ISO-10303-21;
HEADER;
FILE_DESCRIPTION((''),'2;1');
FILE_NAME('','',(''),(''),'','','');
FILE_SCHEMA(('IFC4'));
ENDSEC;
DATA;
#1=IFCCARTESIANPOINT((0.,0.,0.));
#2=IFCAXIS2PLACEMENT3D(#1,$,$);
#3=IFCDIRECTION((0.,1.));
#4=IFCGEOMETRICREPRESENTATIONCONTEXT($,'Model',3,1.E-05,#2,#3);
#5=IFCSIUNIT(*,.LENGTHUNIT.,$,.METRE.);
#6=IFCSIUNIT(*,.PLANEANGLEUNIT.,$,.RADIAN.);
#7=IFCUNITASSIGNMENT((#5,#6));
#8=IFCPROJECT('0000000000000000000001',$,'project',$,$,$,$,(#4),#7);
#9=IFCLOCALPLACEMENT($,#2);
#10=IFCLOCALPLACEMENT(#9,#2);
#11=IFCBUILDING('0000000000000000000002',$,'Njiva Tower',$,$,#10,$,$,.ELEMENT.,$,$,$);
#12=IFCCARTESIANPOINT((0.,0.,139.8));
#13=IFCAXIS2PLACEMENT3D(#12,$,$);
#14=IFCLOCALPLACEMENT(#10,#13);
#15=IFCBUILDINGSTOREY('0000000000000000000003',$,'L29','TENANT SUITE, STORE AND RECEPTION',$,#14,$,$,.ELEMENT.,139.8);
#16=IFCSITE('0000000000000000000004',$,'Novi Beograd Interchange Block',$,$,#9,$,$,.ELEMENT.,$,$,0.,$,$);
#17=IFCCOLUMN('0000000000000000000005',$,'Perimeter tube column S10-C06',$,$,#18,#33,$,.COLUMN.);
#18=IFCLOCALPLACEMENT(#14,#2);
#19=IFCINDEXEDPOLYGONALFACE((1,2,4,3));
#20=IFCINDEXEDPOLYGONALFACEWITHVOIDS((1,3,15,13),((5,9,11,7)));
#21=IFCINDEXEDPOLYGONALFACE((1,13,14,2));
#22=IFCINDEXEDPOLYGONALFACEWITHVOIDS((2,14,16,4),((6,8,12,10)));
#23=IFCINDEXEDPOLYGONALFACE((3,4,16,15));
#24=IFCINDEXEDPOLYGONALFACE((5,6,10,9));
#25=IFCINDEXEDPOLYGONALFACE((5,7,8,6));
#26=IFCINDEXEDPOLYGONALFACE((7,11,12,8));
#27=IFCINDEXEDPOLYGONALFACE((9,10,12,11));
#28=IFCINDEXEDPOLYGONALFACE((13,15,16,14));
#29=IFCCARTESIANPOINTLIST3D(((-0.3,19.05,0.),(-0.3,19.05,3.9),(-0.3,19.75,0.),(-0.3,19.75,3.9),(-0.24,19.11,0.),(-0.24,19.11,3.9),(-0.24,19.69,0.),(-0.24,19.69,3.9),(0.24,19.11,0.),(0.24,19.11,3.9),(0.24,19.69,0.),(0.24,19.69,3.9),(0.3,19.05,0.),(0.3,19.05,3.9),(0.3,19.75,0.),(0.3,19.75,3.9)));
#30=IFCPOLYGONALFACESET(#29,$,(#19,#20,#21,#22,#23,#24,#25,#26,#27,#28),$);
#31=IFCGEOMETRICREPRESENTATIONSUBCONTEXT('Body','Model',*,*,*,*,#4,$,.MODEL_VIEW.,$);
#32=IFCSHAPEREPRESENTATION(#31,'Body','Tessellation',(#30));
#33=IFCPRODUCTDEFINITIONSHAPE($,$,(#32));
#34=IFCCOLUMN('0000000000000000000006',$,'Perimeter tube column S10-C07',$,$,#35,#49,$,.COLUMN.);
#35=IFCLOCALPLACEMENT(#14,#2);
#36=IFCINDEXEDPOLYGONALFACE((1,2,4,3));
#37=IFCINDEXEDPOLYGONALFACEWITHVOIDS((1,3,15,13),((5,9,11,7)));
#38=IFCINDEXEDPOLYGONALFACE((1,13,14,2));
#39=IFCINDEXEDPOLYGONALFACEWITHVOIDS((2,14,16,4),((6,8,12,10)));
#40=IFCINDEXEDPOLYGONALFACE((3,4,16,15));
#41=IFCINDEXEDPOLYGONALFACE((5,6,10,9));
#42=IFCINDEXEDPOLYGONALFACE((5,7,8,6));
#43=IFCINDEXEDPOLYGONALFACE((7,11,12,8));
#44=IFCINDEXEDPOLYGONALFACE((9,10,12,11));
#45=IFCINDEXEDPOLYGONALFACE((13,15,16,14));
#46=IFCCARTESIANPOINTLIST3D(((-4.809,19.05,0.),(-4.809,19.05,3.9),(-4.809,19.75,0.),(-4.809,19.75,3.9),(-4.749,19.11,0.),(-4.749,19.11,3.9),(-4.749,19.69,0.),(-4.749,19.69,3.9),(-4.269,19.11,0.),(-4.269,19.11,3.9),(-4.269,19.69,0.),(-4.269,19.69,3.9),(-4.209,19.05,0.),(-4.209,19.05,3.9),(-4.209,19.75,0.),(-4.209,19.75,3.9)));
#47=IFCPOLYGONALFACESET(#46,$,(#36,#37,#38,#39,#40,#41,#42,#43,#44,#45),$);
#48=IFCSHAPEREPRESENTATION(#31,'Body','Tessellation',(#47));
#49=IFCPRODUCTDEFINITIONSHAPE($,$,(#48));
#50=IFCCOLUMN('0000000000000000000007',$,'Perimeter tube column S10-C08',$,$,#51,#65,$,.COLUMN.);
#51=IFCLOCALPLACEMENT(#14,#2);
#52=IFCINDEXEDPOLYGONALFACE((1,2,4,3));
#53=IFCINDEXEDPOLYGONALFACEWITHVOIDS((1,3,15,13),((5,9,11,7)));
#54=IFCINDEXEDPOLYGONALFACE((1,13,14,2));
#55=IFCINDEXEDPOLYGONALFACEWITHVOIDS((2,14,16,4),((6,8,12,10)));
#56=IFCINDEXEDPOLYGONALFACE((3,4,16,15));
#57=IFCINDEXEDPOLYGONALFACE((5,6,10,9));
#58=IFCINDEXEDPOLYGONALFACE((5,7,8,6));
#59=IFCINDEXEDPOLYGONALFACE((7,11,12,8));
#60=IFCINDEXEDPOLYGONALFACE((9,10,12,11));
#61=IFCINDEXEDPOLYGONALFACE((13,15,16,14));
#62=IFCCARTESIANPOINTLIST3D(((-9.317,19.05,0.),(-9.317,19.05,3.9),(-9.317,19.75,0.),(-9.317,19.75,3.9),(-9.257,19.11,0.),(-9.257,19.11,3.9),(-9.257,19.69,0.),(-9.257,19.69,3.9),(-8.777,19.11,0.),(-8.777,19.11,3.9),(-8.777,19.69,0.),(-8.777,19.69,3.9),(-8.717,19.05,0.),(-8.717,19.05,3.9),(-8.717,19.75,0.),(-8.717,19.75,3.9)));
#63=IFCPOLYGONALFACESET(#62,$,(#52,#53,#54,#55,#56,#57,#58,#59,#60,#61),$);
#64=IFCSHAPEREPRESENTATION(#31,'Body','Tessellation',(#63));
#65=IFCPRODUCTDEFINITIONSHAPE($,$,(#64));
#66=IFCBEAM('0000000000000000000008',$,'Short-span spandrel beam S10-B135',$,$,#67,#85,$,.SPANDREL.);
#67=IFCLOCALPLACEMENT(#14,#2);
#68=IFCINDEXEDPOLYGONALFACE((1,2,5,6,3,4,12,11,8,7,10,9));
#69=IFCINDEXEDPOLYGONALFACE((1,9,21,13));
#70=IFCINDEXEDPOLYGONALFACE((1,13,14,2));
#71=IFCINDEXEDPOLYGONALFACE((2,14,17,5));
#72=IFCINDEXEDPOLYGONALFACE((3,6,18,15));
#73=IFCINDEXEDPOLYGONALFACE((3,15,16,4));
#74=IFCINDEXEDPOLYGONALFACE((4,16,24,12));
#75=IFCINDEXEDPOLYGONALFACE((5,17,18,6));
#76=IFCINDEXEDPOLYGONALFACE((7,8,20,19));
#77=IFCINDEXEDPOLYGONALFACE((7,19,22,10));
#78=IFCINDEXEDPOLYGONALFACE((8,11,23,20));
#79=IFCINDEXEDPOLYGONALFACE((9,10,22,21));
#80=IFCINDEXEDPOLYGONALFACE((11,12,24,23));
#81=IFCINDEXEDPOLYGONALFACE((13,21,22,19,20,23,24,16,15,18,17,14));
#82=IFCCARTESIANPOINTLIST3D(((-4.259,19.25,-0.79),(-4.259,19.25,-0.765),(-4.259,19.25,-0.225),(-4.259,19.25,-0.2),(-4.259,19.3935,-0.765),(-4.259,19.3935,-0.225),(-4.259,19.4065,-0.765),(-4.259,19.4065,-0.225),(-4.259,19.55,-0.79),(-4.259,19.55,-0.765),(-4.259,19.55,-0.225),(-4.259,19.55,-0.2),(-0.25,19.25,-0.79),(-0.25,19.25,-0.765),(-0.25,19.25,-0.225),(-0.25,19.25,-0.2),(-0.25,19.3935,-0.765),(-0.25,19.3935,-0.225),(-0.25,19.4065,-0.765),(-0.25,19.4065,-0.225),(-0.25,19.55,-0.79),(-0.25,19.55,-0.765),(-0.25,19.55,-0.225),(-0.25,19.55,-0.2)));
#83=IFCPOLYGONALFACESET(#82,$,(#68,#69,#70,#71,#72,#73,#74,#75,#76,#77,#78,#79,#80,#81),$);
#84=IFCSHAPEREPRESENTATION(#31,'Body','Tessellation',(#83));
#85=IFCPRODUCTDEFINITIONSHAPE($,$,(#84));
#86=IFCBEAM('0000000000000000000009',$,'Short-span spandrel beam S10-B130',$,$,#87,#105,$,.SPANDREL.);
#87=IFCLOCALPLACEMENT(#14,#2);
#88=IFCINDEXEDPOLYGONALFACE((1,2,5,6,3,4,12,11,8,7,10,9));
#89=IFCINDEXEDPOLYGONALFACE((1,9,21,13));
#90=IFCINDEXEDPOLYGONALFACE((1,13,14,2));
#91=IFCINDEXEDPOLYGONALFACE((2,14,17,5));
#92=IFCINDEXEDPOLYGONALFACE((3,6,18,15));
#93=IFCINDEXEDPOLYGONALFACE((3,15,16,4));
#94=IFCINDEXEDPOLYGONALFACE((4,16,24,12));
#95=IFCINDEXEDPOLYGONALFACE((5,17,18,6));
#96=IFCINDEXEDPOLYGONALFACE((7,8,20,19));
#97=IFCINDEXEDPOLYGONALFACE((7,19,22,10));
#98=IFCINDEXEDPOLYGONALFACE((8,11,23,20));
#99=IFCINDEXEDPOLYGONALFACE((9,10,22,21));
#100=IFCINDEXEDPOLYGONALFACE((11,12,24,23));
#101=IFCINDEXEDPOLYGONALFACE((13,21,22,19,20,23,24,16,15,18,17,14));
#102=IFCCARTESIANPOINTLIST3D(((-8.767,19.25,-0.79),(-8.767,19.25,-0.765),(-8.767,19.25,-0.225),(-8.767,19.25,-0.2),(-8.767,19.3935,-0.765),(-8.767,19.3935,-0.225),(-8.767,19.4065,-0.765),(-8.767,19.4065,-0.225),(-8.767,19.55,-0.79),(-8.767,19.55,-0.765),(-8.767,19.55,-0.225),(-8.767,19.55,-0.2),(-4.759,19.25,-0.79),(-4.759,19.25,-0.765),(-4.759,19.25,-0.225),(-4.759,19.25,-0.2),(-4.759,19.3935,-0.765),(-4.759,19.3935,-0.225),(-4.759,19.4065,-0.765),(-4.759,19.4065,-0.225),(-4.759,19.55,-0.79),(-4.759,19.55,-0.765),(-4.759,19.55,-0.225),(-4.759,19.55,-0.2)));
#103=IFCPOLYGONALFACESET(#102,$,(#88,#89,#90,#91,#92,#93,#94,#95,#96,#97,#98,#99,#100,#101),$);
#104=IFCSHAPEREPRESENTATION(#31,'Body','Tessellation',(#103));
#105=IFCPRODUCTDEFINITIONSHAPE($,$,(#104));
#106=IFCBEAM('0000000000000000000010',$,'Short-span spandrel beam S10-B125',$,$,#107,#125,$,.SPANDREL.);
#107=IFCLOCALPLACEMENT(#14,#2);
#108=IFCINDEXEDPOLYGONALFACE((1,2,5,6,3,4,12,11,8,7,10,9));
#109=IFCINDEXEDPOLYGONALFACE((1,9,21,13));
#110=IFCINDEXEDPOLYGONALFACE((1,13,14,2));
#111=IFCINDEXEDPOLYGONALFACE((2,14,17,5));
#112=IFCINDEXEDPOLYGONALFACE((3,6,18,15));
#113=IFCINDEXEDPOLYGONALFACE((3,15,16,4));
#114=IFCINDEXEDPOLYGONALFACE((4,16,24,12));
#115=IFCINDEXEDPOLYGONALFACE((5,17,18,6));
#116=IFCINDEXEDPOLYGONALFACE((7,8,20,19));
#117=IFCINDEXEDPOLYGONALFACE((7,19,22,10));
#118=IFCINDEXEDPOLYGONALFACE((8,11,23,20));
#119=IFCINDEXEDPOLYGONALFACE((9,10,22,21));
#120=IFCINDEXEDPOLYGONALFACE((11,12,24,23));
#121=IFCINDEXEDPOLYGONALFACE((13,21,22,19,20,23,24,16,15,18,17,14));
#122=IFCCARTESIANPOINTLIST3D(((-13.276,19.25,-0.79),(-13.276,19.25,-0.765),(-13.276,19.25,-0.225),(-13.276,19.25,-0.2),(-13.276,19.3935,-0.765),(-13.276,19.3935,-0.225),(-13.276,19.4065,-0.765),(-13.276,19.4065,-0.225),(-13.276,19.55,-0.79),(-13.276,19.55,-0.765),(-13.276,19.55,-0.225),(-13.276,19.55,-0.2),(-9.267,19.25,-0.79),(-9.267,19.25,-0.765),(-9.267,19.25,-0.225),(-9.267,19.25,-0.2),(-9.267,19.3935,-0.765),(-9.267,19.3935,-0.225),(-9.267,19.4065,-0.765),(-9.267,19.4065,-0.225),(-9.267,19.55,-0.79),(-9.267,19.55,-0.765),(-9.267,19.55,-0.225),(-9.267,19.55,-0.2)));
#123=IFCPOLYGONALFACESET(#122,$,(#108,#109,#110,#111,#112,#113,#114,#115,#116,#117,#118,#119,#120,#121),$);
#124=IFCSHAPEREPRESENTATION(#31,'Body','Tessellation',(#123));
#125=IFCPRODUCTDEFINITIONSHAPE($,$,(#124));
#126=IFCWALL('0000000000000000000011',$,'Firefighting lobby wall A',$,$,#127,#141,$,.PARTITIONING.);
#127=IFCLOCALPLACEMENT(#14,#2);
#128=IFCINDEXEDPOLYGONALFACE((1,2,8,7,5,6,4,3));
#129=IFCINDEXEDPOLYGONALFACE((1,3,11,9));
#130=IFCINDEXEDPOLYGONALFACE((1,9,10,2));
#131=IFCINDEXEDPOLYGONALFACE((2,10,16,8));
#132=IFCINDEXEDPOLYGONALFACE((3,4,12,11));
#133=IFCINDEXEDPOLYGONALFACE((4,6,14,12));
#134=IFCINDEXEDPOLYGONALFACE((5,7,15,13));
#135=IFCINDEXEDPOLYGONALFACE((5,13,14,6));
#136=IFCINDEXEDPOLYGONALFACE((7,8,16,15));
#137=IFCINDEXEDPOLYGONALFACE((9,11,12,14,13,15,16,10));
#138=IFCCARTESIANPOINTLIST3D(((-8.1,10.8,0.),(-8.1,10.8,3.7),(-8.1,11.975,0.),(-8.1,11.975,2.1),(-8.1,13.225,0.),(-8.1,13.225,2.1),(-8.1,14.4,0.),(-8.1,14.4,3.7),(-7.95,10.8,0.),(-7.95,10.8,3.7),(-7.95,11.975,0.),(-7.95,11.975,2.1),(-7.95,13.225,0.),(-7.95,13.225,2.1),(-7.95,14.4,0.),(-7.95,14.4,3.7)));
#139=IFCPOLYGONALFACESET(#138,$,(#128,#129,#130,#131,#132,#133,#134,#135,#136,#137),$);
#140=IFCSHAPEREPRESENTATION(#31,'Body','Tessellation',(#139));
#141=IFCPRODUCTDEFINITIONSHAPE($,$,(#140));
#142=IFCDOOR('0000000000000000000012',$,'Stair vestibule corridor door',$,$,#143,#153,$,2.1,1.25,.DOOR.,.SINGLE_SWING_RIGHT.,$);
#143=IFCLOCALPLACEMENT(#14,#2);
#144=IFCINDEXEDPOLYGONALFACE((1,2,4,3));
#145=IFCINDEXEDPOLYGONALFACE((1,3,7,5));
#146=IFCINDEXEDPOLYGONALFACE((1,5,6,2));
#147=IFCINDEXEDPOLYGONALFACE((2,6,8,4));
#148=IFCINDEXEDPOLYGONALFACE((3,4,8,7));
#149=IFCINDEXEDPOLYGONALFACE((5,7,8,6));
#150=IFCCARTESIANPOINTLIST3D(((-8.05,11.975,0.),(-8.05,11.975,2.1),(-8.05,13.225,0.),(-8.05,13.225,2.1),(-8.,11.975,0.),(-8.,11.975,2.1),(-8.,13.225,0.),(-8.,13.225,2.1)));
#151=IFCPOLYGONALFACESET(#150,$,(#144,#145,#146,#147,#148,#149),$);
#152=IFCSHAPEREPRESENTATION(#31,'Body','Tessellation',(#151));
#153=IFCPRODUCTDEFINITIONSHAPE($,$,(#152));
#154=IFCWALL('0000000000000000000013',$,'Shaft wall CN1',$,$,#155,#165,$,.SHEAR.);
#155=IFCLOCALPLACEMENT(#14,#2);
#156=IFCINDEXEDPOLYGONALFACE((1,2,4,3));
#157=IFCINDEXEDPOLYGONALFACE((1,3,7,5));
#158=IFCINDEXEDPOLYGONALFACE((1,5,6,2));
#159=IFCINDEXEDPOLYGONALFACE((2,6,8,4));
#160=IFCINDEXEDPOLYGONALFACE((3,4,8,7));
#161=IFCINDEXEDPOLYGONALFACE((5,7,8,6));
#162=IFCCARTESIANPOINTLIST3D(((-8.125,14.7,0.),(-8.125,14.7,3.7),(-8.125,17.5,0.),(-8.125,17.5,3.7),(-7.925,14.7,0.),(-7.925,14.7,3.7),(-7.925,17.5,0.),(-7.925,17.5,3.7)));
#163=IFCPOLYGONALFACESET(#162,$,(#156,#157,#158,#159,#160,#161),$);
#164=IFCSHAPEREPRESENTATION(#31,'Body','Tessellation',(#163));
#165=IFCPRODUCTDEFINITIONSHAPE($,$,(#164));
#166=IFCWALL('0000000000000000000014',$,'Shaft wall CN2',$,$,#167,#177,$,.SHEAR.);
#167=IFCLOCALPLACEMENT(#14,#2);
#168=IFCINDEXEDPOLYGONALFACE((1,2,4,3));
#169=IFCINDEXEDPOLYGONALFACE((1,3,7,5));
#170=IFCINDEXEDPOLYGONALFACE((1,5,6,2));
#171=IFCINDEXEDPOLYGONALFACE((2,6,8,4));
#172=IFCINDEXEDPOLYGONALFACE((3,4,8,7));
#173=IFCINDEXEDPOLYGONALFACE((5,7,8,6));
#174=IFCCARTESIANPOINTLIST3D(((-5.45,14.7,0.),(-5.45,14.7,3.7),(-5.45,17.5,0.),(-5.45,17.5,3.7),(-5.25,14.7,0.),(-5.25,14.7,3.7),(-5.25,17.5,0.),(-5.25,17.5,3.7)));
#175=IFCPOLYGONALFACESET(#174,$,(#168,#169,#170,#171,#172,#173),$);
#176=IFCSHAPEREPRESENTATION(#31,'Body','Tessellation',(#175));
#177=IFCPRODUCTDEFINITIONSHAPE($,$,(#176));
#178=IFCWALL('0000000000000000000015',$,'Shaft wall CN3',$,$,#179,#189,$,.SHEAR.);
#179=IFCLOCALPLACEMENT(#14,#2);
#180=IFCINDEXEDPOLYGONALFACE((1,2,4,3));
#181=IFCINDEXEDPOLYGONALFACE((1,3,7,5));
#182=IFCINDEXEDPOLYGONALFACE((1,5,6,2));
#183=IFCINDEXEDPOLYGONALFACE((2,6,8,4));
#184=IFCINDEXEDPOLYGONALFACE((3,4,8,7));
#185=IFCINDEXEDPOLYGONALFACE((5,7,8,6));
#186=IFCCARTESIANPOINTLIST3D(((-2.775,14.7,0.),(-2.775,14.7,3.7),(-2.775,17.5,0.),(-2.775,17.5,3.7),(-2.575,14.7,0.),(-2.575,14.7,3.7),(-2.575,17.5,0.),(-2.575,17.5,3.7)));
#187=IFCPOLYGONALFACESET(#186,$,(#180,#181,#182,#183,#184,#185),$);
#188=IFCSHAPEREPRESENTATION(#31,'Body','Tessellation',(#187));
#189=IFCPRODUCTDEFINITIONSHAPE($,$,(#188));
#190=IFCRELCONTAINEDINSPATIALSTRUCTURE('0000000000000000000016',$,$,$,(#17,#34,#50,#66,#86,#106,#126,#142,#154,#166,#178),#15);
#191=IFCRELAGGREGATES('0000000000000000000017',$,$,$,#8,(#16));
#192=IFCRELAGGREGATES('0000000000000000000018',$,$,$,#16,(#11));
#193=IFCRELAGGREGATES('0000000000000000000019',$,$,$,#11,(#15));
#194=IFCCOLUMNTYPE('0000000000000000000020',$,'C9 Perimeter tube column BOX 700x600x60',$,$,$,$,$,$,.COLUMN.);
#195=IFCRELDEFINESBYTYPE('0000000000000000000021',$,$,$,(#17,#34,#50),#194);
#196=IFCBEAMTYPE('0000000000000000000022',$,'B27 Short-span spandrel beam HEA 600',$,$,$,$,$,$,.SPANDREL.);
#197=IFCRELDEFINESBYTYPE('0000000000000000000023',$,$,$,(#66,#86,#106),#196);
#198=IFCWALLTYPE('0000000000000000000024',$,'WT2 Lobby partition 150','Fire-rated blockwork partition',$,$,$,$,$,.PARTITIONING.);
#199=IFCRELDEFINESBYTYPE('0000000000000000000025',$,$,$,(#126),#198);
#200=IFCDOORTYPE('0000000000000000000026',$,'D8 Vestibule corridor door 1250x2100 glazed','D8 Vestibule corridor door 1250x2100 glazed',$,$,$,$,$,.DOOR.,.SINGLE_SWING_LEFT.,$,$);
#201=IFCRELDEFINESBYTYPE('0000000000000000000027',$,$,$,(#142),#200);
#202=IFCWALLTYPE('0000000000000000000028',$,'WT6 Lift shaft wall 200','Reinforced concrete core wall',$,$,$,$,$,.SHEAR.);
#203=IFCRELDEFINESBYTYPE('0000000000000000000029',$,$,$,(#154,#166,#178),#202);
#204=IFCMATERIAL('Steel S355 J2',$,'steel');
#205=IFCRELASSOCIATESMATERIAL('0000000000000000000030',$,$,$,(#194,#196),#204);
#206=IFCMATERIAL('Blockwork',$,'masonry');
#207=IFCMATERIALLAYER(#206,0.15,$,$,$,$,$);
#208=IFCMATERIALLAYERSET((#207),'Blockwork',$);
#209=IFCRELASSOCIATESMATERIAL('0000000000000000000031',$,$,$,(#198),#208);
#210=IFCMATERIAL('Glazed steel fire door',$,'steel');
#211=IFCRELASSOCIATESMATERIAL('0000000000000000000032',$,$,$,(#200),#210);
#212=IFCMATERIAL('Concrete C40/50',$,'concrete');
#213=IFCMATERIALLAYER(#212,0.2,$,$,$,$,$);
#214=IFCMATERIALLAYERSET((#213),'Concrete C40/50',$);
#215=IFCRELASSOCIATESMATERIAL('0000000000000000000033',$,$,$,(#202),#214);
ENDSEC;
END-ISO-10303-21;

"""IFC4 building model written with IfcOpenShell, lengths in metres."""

from ifc_helpers import new_model, si_unit, direction, frame, frame_2d, origin, origin_2d, place, context, subcontext, project, spatial, rectangle, hollow_rectangle, i_section, extrude, material, layer, layer_set, material_profile, profile_set, type_object, element, fill, save


model = new_model("IFC4")

# Units and contexts
model_context = context("Model", 3, precision=1e-05, world=origin(), true_north=direction((0.0, 1.0)))
body_context = subcontext(model_context, "Body", "Model", "MODEL_VIEW")
ifc_project = project(units=[si_unit("LENGTHUNIT", "METRE"), si_unit("PLANEANGLEUNIT", "RADIAN")], contexts=[model_context])

# Site, building, storey
site_placement = place(None, origin())
site = spatial("IfcSite", under=ifc_project, at=site_placement, Name="Novi Beograd Interchange Block", CompositionType="ELEMENT", RefElevation=0.0)
building_placement = place(site_placement, origin())
building = spatial("IfcBuilding", under=site, at=building_placement, Name="Njiva Tower", CompositionType="ELEMENT")
storey_placement = place(building_placement, frame((0.0, 0.0, 139.8)))
storey = spatial("IfcBuildingStorey", under=building, at=storey_placement, Name="L29", Description="TENANT SUITE, STORE AND RECEPTION", CompositionType="ELEMENT", Elevation=139.8)

# Columns
ifc_material_1 = material(Name="Steel S355 J2", Category="steel")
ifc_material_profile_1 = material_profile(ifc_material_1, hollow_rectangle(XDim=0.6, YDim=0.7, WallThickness=0.06, at=origin_2d()), Name="BOX 700x600x60")
ifc_profile_set_1 = profile_set([ifc_material_profile_1], Name="Steel S355 J2")
column_type = type_object("IfcColumnType", Name="C9 Perimeter tube column BOX 700x600x60", PredefinedType="COLUMN", material=ifc_profile_set_1)
for number, where, z_axis, x_axis, name in (
    (1, (0.0, 19.4, 0.0), (0.0, 0.0, 1.0), (-1.0, 0.0, 0.0), "Perimeter tube column S10-C06"),
    (2, (-4.509, 19.4, 0.0), (0.0, 0.0, 1.0), (-1.0, 0.0, 0.0), "Perimeter tube column S10-C07"),
    (3, (-9.017, 19.4, 0.0), (0.0, 0.0, 1.0), (-1.0, 0.0, 0.0), "Perimeter tube column S10-C08"),
):
    element("IfcColumn", number, at=place(storey_placement, frame(where, z_axis=z_axis, x_axis=x_axis)), inside=storey, type_object=column_type, Name=name, PredefinedType="COLUMN", context=body_context, shape_type="SweptSolid", body=[
        extrude(hollow_rectangle(XDim=0.6, YDim=0.7, WallThickness=0.06, at=origin_2d()), origin(), (0.0, 0.0, 1.0), 3.9),
    ])

# Beams
ifc_material_profile_2 = material_profile(ifc_material_1, i_section(OverallWidth=0.3, OverallDepth=0.59, WebThickness=0.013, FlangeThickness=0.025, at=origin_2d()), Name="HEA 600")
ifc_profile_set_2 = profile_set([ifc_material_profile_2], Name="Steel S355 J2")
beam_type = type_object("IfcBeamType", Name="B27 Short-span spandrel beam HEA 600", PredefinedType="SPANDREL", material=ifc_profile_set_2)
beam_1_placement = place(storey_placement, frame((-0.25, 19.4, -0.495), z_axis=(-1.0, 0.0, 0.0), x_axis=(0.0, -1.0, 0.0)))
element("IfcBeam", 4, at=beam_1_placement, inside=storey, type_object=beam_type, Name="Short-span spandrel beam S10-B135", PredefinedType="SPANDREL", context=body_context, shape_type="SweptSolid", body=[
    extrude(i_section(OverallWidth=0.3, OverallDepth=0.59, WebThickness=0.013, FlangeThickness=0.025, at=origin_2d()), origin(), (0.0, 0.0, 1.0), 4.009),
])
beam_2_placement = place(storey_placement, frame((-4.759, 19.4, -0.495), z_axis=(-1.0, 0.0, 0.0), x_axis=(0.0, -1.0, 0.0)))
element("IfcBeam", 5, at=beam_2_placement, inside=storey, type_object=beam_type, Name="Short-span spandrel beam S10-B130", PredefinedType="SPANDREL", context=body_context, shape_type="SweptSolid", body=[
    extrude(i_section(OverallWidth=0.3, OverallDepth=0.59, WebThickness=0.013, FlangeThickness=0.025, at=origin_2d()), origin(), (0.0, 0.0, 1.0), 4.008),
])
beam_3_placement = place(storey_placement, frame((-9.267, 19.4, -0.495), z_axis=(-1.0, 0.0, 0.0), x_axis=(0.0, -1.0, 0.0)))
element("IfcBeam", 6, at=beam_3_placement, inside=storey, type_object=beam_type, Name="Short-span spandrel beam S10-B125", PredefinedType="SPANDREL", context=body_context, shape_type="SweptSolid", body=[
    extrude(i_section(OverallWidth=0.3, OverallDepth=0.59, WebThickness=0.013, FlangeThickness=0.025, at=origin_2d()), origin(), (0.0, 0.0, 1.0), 4.009),
])

# Wall, opening, door
ifc_material_2 = material(Name="Blockwork", Category="masonry")
ifc_layer_1 = layer(ifc_material_2, 0.15)
ifc_layer_set_1 = layer_set([ifc_layer_1], Name="Blockwork")
wall_type_1 = type_object("IfcWallType", Name="WT2 Lobby partition 150", Description="Fire-rated blockwork partition", PredefinedType="PARTITIONING", material=ifc_layer_set_1)
wall_placement = place(storey_placement, frame((-8.025, 10.8, 0.0), z_axis=(0.0, 0.0, 1.0), x_axis=(0.0, 1.0, 0.0)))
wall = element("IfcWall", 7, at=wall_placement, inside=storey, type_object=wall_type_1, Name="Firefighting lobby wall A", PredefinedType="PARTITIONING", context=body_context, shape_type="SweptSolid", body=[
    extrude(rectangle(XDim=3.6, YDim=0.15, at=frame_2d((1.8, 0.0))), origin(), (0.0, 0.0, 1.0), 3.7),
])
opening_placement = place(wall_placement, frame((1.175, 0.0, 0.0)))
opening = element("IfcOpeningElement", 8, at=opening_placement, cuts=wall, PredefinedType="OPENING", context=body_context, shape_type="SweptSolid", body=[
    extrude(rectangle(XDim=1.25, YDim=2.1, at=frame_2d((0.625, 1.05))), frame((0.0, 0.085, 0.0), z_axis=(0.0, -1.0, 0.0), x_axis=(1.0, 0.0, 0.0)), (0.0, 0.0, 1.0), 0.17),
])
ifc_material_3 = material(Name="Glazed steel fire door", Category="steel")
door_type = type_object("IfcDoorType", Name="D8 Vestibule corridor door 1250x2100 glazed", Description="D8 Vestibule corridor door 1250x2100 glazed", OperationType="SINGLE_SWING_LEFT", PredefinedType="DOOR", material=ifc_material_3)
door_placement = place(opening_placement, origin())
door = element("IfcDoor", 9, at=door_placement, inside=storey, type_object=door_type, Name="Stair vestibule corridor door", OperationType="SINGLE_SWING_RIGHT", OverallHeight=2.1, OverallWidth=1.25, PredefinedType="DOOR", context=body_context, shape_type="SweptSolid", body=[
    extrude(rectangle(XDim=1.25, YDim=2.1, at=frame_2d((0.625, 1.05))), frame((0.0, 0.025, 0.0), z_axis=(0.0, -1.0, 0.0), x_axis=(1.0, 0.0, 0.0)), (0.0, 0.0, 1.0), 0.05),
])
fill(opening, door)

# Walls
ifc_material_4 = material(Name="Concrete C40/50", Category="concrete")
ifc_layer_2 = layer(ifc_material_4, 0.2)
ifc_layer_set_2 = layer_set([ifc_layer_2], Name="Concrete C40/50")
wall_type_2 = type_object("IfcWallType", Name="WT6 Lift shaft wall 200", Description="Reinforced concrete core wall", PredefinedType="SHEAR", material=ifc_layer_set_2)
for number, where, z_axis, x_axis, name in (
    (10, (-8.025, 14.7, 0.0), (0.0, 0.0, 1.0), (0.0, 1.0, 0.0), "Shaft wall CN1"),
    (11, (-5.35, 14.7, 0.0), (0.0, 0.0, 1.0), (0.0, 1.0, 0.0), "Shaft wall CN2"),
    (12, (-2.675, 14.7, 0.0), (0.0, 0.0, 1.0), (0.0, 1.0, 0.0), "Shaft wall CN3"),
):
    element("IfcWall", number, at=place(storey_placement, frame(where, z_axis=z_axis, x_axis=x_axis)), inside=storey, type_object=wall_type_2, Name=name, PredefinedType="SHEAR", context=body_context, shape_type="SweptSolid", body=[
        extrude(rectangle(XDim=2.8, YDim=0.2, at=frame_2d((1.4, 0.0))), origin(), (0.0, 0.0, 1.0), 3.7),
    ])

save(model, "model.ifc")
